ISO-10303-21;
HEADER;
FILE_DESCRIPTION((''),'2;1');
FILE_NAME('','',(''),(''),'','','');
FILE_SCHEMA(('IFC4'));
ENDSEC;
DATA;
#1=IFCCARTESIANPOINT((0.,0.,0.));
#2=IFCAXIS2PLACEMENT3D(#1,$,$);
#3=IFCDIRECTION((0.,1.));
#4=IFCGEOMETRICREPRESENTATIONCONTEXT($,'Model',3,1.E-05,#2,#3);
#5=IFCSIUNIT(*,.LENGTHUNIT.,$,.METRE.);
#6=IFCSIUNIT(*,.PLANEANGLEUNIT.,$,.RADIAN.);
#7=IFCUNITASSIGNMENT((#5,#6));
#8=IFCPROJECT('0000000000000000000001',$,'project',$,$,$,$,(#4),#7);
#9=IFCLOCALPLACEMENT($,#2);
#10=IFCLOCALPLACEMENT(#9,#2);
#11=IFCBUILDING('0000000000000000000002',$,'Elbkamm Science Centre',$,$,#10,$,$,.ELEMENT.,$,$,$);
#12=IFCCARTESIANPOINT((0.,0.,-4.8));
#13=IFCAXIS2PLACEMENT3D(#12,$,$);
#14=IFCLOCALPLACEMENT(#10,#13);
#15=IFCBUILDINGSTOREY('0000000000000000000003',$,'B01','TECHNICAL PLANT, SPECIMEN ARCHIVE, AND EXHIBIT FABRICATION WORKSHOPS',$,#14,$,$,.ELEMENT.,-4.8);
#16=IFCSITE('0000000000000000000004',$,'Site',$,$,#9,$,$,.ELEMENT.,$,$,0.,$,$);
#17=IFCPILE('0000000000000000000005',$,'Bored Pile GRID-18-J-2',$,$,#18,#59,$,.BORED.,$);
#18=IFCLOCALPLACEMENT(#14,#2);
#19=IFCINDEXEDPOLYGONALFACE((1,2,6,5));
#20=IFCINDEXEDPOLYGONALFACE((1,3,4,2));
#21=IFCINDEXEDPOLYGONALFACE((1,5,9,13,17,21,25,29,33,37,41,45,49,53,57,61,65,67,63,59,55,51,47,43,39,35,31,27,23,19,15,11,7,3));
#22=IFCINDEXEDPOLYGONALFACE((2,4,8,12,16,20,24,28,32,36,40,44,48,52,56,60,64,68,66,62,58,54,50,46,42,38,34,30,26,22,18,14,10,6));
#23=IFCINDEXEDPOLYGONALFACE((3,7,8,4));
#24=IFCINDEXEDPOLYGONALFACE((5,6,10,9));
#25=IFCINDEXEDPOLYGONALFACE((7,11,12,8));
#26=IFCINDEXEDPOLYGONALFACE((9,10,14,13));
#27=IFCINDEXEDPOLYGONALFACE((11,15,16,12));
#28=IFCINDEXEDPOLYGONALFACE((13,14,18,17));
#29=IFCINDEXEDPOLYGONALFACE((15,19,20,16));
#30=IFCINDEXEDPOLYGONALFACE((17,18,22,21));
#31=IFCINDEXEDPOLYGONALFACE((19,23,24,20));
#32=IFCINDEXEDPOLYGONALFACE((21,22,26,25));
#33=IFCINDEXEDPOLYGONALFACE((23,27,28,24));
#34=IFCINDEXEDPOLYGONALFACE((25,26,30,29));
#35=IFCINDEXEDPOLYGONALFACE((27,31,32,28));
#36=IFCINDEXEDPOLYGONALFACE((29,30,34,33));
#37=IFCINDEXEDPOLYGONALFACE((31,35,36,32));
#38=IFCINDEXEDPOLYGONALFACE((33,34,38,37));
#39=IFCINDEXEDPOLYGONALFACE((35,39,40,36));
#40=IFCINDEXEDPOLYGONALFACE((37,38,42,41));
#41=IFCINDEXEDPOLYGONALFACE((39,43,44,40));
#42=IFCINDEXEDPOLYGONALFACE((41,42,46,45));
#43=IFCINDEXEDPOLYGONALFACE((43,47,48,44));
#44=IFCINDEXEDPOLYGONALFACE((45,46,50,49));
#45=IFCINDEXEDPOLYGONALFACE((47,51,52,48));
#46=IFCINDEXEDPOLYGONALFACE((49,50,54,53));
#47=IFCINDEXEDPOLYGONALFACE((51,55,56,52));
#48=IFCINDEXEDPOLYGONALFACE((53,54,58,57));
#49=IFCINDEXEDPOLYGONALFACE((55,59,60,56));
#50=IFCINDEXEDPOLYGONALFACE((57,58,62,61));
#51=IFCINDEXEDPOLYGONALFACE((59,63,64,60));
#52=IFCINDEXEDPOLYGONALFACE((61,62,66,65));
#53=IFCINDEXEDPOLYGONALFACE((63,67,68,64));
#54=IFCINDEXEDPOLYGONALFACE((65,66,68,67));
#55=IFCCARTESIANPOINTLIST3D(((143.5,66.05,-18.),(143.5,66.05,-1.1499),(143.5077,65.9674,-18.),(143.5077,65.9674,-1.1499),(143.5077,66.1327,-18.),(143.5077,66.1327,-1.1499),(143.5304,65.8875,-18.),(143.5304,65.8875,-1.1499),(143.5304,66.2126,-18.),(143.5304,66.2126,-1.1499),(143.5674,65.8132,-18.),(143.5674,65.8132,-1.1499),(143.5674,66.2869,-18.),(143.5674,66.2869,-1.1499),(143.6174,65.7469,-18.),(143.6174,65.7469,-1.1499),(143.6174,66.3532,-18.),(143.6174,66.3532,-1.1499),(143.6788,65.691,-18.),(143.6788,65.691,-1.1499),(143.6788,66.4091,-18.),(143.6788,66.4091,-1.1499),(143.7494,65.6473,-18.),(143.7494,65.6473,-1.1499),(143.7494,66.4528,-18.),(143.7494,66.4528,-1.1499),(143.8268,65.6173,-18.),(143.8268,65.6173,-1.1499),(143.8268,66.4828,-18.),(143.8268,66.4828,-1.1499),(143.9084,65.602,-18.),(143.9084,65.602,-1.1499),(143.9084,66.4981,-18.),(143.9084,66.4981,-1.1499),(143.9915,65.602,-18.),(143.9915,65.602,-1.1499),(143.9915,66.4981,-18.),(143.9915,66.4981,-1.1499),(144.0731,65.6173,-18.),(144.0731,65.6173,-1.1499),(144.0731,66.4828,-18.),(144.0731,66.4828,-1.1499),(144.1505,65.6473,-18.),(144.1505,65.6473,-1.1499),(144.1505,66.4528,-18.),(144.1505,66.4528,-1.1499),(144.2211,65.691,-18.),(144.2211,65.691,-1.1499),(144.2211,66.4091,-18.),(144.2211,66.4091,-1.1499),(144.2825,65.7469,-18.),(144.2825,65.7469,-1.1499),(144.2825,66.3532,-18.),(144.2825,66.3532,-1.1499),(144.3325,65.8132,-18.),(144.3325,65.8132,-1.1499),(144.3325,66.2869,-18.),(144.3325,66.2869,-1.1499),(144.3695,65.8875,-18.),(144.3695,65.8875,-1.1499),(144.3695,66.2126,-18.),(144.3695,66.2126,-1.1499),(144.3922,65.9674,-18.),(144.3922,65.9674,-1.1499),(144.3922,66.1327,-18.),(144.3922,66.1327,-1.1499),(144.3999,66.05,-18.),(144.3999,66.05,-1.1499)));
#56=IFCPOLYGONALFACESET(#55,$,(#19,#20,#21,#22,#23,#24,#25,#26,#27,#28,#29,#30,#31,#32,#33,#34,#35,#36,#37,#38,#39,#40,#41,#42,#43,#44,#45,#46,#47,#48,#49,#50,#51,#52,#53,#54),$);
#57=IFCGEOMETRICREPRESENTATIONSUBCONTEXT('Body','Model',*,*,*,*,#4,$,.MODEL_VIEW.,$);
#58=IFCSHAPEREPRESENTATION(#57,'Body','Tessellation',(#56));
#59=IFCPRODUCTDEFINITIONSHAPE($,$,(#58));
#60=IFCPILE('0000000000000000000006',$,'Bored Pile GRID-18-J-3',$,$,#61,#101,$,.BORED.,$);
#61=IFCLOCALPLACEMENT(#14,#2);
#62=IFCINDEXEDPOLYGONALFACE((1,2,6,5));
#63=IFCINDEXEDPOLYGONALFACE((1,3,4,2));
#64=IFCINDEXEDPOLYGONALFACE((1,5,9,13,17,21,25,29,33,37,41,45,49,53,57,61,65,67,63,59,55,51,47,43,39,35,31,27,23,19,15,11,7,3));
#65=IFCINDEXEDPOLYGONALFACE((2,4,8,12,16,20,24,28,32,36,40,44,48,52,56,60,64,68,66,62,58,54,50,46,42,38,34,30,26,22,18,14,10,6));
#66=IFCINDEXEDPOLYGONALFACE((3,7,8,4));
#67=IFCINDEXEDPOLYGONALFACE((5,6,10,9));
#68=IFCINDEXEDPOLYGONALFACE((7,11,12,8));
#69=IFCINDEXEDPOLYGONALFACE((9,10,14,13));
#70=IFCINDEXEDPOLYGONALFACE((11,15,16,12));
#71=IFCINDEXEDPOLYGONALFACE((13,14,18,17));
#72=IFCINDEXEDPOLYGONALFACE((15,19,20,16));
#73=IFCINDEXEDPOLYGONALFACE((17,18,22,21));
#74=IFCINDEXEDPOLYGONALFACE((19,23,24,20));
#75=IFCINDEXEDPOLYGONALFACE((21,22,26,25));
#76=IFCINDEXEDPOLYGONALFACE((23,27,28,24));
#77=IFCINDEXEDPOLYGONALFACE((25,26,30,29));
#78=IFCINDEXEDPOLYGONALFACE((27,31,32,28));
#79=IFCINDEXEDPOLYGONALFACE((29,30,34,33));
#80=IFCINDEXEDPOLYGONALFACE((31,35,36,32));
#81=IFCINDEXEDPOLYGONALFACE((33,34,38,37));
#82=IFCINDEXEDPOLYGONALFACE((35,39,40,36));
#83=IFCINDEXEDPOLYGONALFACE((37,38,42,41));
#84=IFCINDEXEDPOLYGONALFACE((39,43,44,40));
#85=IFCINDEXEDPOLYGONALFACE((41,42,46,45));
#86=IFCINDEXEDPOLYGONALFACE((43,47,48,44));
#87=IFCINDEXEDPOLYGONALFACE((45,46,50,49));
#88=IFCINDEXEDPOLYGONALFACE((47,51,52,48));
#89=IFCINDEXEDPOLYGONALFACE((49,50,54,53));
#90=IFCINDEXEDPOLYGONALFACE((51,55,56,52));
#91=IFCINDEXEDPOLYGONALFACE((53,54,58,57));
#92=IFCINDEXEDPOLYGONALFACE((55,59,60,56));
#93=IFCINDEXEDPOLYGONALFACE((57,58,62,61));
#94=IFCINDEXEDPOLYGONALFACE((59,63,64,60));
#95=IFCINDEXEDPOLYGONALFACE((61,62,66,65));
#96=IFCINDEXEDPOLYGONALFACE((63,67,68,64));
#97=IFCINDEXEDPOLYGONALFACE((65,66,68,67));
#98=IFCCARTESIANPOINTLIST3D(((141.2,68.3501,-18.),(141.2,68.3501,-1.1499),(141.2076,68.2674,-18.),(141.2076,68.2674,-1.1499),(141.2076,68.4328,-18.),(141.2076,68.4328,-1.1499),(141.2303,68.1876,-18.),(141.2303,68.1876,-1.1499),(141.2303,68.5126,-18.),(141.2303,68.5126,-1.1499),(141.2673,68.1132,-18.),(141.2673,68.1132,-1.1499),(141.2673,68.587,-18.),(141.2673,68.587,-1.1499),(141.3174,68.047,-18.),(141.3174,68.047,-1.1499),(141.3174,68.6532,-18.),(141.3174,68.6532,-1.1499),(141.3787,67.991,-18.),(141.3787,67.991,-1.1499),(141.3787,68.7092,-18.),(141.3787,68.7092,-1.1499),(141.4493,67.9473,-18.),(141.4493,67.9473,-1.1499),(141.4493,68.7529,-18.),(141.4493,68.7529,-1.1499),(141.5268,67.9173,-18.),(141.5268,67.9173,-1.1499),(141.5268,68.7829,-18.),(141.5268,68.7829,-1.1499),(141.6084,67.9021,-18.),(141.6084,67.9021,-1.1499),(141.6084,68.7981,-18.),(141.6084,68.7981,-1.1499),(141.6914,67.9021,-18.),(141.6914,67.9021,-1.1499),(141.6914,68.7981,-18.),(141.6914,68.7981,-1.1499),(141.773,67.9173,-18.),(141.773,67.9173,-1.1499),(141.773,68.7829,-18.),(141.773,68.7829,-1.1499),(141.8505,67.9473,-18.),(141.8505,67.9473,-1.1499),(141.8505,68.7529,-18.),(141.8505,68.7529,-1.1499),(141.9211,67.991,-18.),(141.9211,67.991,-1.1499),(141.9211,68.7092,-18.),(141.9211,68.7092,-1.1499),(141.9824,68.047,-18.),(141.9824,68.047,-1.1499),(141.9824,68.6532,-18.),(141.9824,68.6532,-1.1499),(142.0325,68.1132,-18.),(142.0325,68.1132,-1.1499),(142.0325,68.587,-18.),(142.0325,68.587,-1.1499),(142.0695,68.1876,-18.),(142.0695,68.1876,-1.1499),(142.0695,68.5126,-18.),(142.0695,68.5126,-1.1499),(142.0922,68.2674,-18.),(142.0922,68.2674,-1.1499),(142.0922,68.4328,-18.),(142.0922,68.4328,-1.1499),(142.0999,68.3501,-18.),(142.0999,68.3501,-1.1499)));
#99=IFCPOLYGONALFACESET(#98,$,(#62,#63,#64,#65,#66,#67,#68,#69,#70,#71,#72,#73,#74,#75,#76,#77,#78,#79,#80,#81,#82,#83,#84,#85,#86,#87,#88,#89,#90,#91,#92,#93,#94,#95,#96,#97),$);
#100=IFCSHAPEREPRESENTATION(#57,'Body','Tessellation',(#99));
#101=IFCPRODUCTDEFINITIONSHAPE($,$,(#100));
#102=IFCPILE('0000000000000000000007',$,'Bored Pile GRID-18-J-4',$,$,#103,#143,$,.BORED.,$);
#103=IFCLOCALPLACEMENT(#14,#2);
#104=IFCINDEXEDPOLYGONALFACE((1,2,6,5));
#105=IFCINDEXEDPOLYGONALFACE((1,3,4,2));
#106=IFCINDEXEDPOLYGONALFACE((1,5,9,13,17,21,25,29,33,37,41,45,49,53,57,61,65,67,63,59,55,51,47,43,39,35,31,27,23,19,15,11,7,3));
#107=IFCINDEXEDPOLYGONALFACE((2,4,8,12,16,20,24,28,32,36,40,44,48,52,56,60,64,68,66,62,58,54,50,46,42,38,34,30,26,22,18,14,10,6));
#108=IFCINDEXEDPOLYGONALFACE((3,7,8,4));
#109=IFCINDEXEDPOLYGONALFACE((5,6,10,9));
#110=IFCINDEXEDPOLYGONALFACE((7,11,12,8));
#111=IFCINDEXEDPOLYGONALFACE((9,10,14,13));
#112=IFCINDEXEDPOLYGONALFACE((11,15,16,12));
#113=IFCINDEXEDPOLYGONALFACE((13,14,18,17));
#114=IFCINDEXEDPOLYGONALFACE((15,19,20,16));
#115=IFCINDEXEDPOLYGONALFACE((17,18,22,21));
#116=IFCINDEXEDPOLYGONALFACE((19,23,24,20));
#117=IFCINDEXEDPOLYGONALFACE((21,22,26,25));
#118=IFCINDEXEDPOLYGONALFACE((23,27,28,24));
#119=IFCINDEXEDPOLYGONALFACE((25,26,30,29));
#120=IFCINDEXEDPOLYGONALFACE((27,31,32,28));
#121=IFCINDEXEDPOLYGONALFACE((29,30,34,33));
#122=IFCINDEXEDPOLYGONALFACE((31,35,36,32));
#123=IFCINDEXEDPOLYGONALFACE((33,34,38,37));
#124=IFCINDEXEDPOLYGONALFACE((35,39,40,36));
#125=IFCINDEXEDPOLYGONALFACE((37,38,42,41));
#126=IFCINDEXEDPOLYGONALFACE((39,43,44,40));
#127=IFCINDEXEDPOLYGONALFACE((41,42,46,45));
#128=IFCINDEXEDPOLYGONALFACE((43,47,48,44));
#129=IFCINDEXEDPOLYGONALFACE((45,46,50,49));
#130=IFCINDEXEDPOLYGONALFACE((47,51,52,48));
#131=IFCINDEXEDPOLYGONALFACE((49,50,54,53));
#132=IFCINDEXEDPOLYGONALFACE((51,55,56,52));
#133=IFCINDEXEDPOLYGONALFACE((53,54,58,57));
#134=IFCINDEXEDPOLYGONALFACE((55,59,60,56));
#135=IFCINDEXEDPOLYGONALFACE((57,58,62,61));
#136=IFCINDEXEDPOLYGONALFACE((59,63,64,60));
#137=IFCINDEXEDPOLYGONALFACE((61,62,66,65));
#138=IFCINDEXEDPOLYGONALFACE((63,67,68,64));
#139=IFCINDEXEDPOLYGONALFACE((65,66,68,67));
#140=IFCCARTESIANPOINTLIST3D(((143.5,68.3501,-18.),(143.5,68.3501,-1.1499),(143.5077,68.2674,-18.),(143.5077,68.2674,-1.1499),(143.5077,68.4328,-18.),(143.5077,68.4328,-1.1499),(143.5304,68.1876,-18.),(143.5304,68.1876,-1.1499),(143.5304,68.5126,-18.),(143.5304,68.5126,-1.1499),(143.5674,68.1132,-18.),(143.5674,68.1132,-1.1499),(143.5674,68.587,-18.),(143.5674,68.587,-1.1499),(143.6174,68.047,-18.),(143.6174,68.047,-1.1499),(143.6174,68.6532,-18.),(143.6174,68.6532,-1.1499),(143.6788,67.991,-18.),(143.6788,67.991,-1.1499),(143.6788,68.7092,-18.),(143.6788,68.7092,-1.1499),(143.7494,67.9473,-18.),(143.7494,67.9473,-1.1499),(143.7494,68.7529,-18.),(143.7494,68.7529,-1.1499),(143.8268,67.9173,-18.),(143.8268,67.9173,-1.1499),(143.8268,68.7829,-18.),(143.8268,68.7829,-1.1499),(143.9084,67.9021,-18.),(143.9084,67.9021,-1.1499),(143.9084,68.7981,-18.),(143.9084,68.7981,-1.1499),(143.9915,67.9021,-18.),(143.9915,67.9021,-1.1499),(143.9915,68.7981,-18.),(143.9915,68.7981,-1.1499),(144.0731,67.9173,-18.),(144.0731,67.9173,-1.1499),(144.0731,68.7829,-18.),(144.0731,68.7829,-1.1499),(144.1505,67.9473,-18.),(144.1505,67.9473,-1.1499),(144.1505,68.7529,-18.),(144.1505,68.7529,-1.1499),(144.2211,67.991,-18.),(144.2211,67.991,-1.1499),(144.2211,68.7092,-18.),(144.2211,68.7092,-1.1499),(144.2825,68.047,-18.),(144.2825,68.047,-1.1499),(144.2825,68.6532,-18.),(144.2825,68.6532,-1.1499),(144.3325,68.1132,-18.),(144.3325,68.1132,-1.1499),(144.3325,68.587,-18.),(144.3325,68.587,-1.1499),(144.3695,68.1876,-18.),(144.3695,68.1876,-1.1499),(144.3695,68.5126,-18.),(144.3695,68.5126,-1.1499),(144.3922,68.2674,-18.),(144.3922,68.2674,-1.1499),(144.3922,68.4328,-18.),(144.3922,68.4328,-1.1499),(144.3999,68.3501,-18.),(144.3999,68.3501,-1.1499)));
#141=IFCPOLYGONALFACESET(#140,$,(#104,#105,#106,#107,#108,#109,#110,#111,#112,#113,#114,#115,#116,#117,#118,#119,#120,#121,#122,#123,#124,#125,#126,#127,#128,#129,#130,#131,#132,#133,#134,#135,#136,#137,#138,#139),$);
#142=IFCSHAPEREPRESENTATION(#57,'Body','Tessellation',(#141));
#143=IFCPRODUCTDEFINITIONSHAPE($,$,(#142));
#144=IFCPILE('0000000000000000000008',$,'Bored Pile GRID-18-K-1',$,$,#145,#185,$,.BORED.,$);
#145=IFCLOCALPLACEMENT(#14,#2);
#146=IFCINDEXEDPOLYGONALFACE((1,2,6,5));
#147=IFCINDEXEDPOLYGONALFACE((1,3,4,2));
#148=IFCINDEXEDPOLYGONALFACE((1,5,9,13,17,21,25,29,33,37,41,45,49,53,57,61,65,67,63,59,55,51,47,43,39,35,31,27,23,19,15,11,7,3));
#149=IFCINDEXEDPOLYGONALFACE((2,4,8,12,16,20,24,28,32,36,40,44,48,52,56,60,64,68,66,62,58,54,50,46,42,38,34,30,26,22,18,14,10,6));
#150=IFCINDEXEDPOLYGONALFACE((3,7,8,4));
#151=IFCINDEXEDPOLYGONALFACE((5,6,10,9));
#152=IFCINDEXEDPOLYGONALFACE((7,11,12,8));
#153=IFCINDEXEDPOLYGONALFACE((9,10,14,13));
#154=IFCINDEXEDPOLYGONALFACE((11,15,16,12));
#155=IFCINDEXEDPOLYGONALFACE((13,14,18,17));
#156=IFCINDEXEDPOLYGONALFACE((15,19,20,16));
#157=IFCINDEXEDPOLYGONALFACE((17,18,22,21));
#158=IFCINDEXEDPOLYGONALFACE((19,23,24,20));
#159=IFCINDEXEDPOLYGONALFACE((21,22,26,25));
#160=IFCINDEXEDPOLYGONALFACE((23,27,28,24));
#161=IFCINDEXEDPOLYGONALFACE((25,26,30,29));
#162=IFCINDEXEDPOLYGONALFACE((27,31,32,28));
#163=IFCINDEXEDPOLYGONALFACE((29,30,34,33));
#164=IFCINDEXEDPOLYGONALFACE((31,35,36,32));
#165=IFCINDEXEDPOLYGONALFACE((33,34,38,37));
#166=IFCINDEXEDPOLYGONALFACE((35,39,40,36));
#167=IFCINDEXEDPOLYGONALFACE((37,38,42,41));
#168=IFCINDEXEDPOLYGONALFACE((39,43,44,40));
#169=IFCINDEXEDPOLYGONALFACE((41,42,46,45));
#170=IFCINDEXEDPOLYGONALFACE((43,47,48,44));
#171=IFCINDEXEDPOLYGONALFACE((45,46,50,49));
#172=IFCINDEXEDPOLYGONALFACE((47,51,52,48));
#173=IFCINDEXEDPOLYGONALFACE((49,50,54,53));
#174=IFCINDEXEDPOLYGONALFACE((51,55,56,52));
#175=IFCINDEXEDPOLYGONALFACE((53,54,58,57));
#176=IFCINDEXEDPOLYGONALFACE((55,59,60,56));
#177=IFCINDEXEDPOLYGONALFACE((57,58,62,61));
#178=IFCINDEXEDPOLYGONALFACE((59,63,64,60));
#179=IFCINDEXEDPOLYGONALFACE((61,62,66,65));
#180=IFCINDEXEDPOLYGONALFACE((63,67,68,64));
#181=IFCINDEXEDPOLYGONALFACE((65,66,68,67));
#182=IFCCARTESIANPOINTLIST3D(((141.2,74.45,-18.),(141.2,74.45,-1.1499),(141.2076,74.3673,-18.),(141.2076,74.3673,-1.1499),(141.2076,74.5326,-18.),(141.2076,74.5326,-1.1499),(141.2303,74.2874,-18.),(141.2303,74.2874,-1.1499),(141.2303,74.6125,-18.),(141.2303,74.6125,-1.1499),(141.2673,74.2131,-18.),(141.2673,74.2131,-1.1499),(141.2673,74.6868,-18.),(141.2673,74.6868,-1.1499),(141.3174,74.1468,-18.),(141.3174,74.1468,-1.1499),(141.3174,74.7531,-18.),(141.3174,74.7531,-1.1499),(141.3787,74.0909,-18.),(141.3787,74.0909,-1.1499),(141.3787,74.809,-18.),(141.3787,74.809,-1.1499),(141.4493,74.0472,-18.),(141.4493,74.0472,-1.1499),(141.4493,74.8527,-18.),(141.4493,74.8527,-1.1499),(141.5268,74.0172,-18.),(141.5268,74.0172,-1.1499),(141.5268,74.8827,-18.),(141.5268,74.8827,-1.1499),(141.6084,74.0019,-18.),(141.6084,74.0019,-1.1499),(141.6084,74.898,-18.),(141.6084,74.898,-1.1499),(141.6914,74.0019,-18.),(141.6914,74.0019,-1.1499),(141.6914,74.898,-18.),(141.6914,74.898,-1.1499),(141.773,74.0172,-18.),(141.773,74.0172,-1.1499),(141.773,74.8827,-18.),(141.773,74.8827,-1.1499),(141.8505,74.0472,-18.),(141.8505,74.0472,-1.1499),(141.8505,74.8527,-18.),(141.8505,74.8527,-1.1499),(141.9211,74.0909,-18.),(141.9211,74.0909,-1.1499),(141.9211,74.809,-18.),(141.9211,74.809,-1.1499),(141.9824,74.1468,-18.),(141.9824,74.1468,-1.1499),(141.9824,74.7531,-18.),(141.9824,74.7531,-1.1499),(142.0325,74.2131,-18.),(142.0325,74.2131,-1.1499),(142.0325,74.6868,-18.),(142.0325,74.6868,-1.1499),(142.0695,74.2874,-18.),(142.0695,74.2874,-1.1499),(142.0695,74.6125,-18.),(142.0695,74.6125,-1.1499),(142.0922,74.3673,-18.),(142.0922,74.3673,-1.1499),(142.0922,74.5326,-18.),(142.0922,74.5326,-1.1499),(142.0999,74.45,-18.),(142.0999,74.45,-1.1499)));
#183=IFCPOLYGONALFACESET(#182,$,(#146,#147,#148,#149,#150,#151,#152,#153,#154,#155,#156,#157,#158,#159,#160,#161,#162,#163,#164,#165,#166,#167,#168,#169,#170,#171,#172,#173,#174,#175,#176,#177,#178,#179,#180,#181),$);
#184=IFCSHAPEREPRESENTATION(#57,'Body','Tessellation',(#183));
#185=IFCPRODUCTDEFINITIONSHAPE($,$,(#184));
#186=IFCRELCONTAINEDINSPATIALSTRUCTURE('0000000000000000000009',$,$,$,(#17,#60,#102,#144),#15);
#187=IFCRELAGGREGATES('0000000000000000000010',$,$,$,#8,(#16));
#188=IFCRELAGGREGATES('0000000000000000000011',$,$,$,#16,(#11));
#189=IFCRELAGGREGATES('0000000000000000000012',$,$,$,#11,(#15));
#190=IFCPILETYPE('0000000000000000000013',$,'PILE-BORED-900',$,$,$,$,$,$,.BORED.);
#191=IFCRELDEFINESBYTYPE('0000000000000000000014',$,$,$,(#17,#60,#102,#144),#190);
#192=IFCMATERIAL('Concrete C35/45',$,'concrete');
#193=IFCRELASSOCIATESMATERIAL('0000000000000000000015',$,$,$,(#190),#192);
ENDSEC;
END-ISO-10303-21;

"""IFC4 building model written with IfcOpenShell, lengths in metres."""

from ifc_helpers import new_model, si_unit, direction, frame, origin, origin_2d, place, context, subcontext, project, spatial, circle, extrude, material, material_profile, profile_set, type_object, element, save


model = new_model("IFC4")

# Units and contexts
model_context = context("Model", 3, precision=1e-05, world=origin(), true_north=direction((0.0, 1.0)))
body_context = subcontext(model_context, "Body", "Model", "MODEL_VIEW")
ifc_project = project(units=[si_unit("LENGTHUNIT", "METRE"), si_unit("PLANEANGLEUNIT", "RADIAN")], contexts=[model_context])

# Site, building, storey
site_placement = place(None, origin())
site = spatial("IfcSite", under=ifc_project, at=site_placement, Name="Site", CompositionType="ELEMENT", RefElevation=0.0)
building_placement = place(site_placement, origin())
building = spatial("IfcBuilding", under=site, at=building_placement, Name="Elbkamm Science Centre", CompositionType="ELEMENT")
storey_placement = place(building_placement, frame((0.0, 0.0, -4.8)))
storey = spatial("IfcBuildingStorey", under=building, at=storey_placement, Name="B01", Description="TECHNICAL PLANT, SPECIMEN ARCHIVE, AND EXHIBIT FABRICATION WORKSHOPS", CompositionType="ELEMENT", Elevation=-4.8)

# Shared definitions
ifc_material_1 = material(Name="Concrete C35/45", Category="concrete")

# Piles
ifc_material_profile_1 = material_profile(ifc_material_1, circle(Radius=0.45, at=origin_2d()), Name="PILE D900")
ifc_profile_set_1 = profile_set([ifc_material_profile_1], Name="Concrete C35/45")
pile_type_1 = type_object("IfcPileType", Name="PILE-BORED-900", PredefinedType="BORED", material=ifc_profile_set_1)
for number, where, z_axis, x_axis, name in (
    (1, (143.95, 66.05, -1.1499), (0.0, 0.0, -1.0), (1.0, 0.0, 0.0), "Bored Pile GRID-18-J-2"),
    (2, (141.6499, 68.3501, -1.1499), (0.0, 0.0, -1.0), (1.0, 0.0, 0.0), "Bored Pile GRID-18-J-3"),
    (3, (143.95, 68.3501, -1.1499), (0.0, 0.0, -1.0), (1.0, 0.0, 0.0), "Bored Pile GRID-18-J-4"),
    (4, (141.6499, 74.45, -1.1499), (0.0, 0.0, -1.0), (1.0, 0.0, 0.0), "Bored Pile GRID-18-K-1"),
):
    element("IfcPile", number, at=place(storey_placement, frame(where, z_axis=z_axis, x_axis=x_axis)), inside=storey, type_object=pile_type_1, Name=name, PredefinedType="BORED", context=body_context, shape_type="SweptSolid", body=[
        extrude(circle(Radius=0.45, at=origin_2d()), origin(), (0.0, 0.0, 1.0), 16.8501),
    ])

save(model, "model.ifc")
